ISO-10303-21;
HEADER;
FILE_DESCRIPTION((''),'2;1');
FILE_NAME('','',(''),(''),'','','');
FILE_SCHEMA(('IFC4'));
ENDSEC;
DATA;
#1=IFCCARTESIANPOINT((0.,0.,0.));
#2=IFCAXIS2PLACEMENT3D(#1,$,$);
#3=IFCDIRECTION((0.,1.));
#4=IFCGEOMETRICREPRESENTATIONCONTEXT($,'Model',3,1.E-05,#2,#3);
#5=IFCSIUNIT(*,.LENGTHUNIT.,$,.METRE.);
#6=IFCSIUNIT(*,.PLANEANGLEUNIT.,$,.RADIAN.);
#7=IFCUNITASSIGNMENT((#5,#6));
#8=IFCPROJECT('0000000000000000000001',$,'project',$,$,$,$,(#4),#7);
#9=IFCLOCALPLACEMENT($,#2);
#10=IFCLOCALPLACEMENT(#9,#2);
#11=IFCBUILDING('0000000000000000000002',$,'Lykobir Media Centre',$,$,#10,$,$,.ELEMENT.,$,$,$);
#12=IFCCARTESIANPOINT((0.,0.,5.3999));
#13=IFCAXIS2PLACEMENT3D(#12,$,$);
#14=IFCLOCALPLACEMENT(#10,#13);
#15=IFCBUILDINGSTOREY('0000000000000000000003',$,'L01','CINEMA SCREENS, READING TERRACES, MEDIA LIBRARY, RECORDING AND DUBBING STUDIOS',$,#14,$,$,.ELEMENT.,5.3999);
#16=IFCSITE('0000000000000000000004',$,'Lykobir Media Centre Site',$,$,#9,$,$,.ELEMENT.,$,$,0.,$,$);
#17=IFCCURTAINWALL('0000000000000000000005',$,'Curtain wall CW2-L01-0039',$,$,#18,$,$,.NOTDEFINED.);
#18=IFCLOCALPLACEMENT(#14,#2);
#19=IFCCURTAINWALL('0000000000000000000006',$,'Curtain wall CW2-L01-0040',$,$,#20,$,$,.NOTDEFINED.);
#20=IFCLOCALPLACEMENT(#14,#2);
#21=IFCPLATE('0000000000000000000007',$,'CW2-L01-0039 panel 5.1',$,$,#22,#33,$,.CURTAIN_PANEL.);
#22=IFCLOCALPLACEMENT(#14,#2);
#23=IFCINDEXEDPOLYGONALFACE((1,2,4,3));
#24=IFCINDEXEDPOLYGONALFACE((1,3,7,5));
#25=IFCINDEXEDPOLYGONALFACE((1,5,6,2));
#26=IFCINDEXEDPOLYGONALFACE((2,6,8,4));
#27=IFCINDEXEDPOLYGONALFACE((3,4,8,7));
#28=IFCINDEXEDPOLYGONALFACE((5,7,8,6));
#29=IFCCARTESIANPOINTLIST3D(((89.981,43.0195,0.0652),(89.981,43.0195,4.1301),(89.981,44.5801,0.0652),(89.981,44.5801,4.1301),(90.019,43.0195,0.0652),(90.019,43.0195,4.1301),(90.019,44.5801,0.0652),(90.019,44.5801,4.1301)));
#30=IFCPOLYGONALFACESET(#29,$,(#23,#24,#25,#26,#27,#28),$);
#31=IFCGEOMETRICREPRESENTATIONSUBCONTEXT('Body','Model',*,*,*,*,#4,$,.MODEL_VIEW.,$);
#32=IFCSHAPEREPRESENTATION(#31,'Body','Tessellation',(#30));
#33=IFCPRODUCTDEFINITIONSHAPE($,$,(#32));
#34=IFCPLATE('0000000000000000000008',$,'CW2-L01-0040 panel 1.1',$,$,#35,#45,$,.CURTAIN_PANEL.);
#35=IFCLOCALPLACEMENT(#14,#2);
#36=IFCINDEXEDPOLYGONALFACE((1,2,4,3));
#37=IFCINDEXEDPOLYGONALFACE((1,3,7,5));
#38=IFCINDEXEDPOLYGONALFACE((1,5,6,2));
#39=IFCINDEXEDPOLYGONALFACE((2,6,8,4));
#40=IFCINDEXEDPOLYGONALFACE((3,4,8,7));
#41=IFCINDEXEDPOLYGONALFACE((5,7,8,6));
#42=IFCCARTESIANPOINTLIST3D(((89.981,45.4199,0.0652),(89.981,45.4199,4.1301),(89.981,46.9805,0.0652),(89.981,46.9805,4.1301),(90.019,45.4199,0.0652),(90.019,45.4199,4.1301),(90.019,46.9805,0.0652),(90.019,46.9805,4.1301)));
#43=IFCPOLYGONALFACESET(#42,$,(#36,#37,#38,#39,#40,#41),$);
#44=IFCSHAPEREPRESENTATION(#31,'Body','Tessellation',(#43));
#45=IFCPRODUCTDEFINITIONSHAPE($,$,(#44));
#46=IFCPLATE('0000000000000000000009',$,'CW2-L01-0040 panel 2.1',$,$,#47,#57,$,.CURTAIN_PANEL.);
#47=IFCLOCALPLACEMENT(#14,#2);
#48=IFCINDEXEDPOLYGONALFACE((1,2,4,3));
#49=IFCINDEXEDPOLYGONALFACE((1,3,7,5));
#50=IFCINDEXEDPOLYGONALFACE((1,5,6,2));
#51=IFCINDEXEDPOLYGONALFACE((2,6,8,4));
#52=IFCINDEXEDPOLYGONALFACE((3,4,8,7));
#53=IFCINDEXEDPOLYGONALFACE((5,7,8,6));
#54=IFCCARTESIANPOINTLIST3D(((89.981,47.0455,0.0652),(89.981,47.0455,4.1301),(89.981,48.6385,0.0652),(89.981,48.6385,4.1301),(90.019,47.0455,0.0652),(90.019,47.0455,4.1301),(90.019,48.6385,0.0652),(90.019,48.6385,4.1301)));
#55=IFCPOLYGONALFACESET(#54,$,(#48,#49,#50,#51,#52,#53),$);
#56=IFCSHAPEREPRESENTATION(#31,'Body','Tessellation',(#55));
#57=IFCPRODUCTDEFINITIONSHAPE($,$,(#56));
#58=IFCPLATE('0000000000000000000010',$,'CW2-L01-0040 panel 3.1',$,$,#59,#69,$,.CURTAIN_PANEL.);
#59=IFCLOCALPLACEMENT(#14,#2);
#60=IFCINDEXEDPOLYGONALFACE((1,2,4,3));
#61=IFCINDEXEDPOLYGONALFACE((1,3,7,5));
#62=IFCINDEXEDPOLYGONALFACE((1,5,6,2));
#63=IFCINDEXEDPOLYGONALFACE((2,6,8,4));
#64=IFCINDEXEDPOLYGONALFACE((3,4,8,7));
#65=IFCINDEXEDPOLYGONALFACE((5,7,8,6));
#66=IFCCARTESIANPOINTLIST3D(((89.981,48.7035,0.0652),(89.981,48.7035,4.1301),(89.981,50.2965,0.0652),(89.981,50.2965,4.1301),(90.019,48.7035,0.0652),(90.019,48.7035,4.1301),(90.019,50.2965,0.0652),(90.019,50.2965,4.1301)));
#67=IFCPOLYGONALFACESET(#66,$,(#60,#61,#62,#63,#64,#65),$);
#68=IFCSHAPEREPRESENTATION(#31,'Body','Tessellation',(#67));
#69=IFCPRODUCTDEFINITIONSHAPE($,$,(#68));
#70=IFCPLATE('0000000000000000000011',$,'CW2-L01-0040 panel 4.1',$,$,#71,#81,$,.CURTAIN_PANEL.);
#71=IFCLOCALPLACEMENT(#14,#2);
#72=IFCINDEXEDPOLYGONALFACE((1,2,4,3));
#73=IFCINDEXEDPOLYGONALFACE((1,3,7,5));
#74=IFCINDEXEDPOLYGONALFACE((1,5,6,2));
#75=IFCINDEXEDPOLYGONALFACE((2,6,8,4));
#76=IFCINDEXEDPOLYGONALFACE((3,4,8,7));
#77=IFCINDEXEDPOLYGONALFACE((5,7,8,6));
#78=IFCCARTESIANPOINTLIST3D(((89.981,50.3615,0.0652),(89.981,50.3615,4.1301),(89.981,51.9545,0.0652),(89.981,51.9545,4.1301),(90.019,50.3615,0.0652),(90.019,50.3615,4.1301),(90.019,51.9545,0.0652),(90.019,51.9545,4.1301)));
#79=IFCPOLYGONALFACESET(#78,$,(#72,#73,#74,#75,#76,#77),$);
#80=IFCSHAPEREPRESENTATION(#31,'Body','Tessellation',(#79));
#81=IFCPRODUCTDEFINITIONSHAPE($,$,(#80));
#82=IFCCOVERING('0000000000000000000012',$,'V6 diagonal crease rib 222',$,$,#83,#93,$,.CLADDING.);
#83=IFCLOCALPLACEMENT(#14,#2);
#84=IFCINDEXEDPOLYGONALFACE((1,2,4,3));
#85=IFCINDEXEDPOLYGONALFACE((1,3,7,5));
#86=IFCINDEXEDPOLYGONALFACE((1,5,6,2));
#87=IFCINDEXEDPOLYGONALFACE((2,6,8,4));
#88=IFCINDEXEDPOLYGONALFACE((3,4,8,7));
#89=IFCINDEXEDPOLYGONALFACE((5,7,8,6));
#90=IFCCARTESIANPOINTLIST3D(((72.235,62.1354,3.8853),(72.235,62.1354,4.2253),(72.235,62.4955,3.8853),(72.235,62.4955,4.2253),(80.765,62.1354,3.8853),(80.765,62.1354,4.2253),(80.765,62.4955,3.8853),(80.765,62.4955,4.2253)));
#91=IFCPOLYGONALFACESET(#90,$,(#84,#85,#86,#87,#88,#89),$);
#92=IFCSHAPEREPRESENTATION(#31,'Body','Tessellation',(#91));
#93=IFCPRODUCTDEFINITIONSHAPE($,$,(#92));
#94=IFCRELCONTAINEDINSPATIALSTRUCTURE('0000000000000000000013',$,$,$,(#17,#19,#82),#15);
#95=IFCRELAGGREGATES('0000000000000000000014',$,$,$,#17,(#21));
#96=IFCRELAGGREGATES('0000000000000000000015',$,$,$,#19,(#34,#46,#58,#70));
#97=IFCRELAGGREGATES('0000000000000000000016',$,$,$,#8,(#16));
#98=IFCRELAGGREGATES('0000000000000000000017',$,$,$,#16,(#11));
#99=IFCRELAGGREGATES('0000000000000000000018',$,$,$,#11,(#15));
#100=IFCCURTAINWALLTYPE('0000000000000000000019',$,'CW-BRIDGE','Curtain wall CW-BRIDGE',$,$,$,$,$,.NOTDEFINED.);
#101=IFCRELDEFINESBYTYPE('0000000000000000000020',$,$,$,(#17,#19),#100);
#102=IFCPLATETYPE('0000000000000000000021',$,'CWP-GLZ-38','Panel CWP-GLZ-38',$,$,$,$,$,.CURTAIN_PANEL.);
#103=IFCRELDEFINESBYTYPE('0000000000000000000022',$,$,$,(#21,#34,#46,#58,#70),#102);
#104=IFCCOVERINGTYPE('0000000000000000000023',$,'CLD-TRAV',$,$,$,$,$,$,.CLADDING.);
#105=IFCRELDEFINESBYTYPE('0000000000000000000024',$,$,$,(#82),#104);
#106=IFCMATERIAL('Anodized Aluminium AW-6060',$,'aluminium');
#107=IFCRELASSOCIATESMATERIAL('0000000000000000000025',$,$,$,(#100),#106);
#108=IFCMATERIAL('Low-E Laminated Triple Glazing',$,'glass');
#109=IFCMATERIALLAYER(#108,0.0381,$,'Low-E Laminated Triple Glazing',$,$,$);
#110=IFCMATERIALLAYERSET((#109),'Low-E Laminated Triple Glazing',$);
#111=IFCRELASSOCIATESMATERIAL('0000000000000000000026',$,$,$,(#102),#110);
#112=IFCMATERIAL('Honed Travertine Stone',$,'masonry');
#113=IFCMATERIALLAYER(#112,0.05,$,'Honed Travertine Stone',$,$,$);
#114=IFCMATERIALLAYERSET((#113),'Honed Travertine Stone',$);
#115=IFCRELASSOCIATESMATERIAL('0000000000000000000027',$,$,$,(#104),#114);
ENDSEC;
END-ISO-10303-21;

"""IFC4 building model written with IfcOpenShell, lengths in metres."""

from ifc_helpers import new_model, si_unit, direction, frame, origin, origin_2d, place, context, subcontext, project, spatial, rectangle, extrude, material, layer, layer_set, type_object, element, aggregate, save


model = new_model("IFC4")

# Units and contexts
model_context = context("Model", 3, precision=1e-05, world=origin(), true_north=direction((0.0, 1.0)))
body_context = subcontext(model_context, "Body", "Model", "MODEL_VIEW")
ifc_project = project(units=[si_unit("LENGTHUNIT", "METRE"), si_unit("PLANEANGLEUNIT", "RADIAN")], contexts=[model_context])

# Site, building, storey
site_placement = place(None, origin())
site = spatial("IfcSite", under=ifc_project, at=site_placement, Name="Lykobir Media Centre Site", CompositionType="ELEMENT", RefElevation=0.0)
building_placement = place(site_placement, origin())
building = spatial("IfcBuilding", under=site, at=building_placement, Name="Lykobir Media Centre", CompositionType="ELEMENT")
storey_placement = place(building_placement, frame((0.0, 0.0, 5.3999)))
storey = spatial("IfcBuildingStorey", under=building, at=storey_placement, Name="L01", Description="CINEMA SCREENS, READING TERRACES, MEDIA LIBRARY, RECORDING AND DUBBING STUDIOS", CompositionType="ELEMENT", Elevation=5.3999)

# Curtain walls
ifc_material_1 = material(Name="Anodized Aluminium AW-6060", Category="aluminium")
curtain_wall_type_1 = type_object("IfcCurtainWallType", Name="CW-BRIDGE", Description="Curtain wall CW-BRIDGE", PredefinedType="NOTDEFINED", material=ifc_material_1)
curtain_wall_1_placement = place(storey_placement, origin())
curtain_wall_1 = element("IfcCurtainWall", 1, at=curtain_wall_1_placement, inside=storey, type_object=curtain_wall_type_1, Name="Curtain wall CW2-L01-0039", PredefinedType="NOTDEFINED")
curtain_wall_2_placement = place(storey_placement, origin())
curtain_wall_2 = element("IfcCurtainWall", 2, at=curtain_wall_2_placement, inside=storey, type_object=curtain_wall_type_1, Name="Curtain wall CW2-L01-0040", PredefinedType="NOTDEFINED")

# Plates
ifc_material_2 = material(Name="Low-E Laminated Triple Glazing", Category="glass")
ifc_layer_1 = layer(ifc_material_2, 0.0381, Name="Low-E Laminated Triple Glazing")
ifc_layer_set_1 = layer_set([ifc_layer_1], Name="Low-E Laminated Triple Glazing")
plate_type = type_object("IfcPlateType", Name="CWP-GLZ-38", Description="Panel CWP-GLZ-38", PredefinedType="CURTAIN_PANEL", material=ifc_layer_set_1)
plate_1_placement = place(storey_placement, frame((90.0, 43.7998, 0.0652), z_axis=(0.0, 0.0, 1.0), x_axis=(0.0, 1.0, 0.0)))
plate_1 = element("IfcPlate", 3, at=plate_1_placement, type_object=plate_type, Name="CW2-L01-0039 panel 5.1", PredefinedType="CURTAIN_PANEL", context=body_context, shape_type="SweptSolid", body=[
    extrude(rectangle(XDim=1.5605, YDim=0.0381, at=origin_2d()), origin(), (0.0, 0.0, 1.0), 4.0649),
])
aggregate(curtain_wall_1, [plate_1])
plate_2_placement = place(storey_placement, frame((90.0, 46.2002, 0.0652), z_axis=(0.0, 0.0, 1.0), x_axis=(0.0, 1.0, 0.0)))
plate_2 = element("IfcPlate", 4, at=plate_2_placement, type_object=plate_type, Name="CW2-L01-0040 panel 1.1", PredefinedType="CURTAIN_PANEL", context=body_context, shape_type="SweptSolid", body=[
    extrude(rectangle(XDim=1.5605, YDim=0.0381, at=origin_2d()), origin(), (0.0, 0.0, 1.0), 4.0649),
])
plate_3_placement = place(storey_placement, frame((90.0, 47.842, 0.0652), z_axis=(0.0, 0.0, 1.0), x_axis=(0.0, 1.0, 0.0)))
plate_3 = element("IfcPlate", 5, at=plate_3_placement, type_object=plate_type, Name="CW2-L01-0040 panel 2.1", PredefinedType="CURTAIN_PANEL", context=body_context, shape_type="SweptSolid", body=[
    extrude(rectangle(XDim=1.593, YDim=0.0381, at=origin_2d()), origin(), (0.0, 0.0, 1.0), 4.0649),
])
plate_4_placement = place(storey_placement, frame((90.0, 49.5, 0.0652), z_axis=(0.0, 0.0, 1.0), x_axis=(0.0, 1.0, 0.0)))
plate_4 = element("IfcPlate", 6, at=plate_4_placement, type_object=plate_type, Name="CW2-L01-0040 panel 3.1", PredefinedType="CURTAIN_PANEL", context=body_context, shape_type="SweptSolid", body=[
    extrude(rectangle(XDim=1.593, YDim=0.0381, at=origin_2d()), origin(), (0.0, 0.0, 1.0), 4.0649),
])
plate_5_placement = place(storey_placement, frame((90.0, 51.158, 0.0652), z_axis=(0.0, 0.0, 1.0), x_axis=(0.0, 1.0, 0.0)))
plate_5 = element("IfcPlate", 7, at=plate_5_placement, type_object=plate_type, Name="CW2-L01-0040 panel 4.1", PredefinedType="CURTAIN_PANEL", context=body_context, shape_type="SweptSolid", body=[
    extrude(rectangle(XDim=1.593, YDim=0.0381, at=origin_2d()), origin(), (0.0, 0.0, 1.0), 4.0649),
])
aggregate(curtain_wall_2, [plate_2, plate_3, plate_4, plate_5])

# Covering
ifc_material_3 = material(Name="Honed Travertine Stone", Category="masonry")
ifc_layer_2 = layer(ifc_material_3, 0.05, Name="Honed Travertine Stone")
ifc_layer_set_2 = layer_set([ifc_layer_2], Name="Honed Travertine Stone")
covering_type = type_object("IfcCoveringType", Name="CLD-TRAV", PredefinedType="CLADDING", material=ifc_layer_set_2)
covering_placement = place(storey_placement, frame((76.5, 62.3154, 3.8853), z_axis=(0.0, 0.0, 1.0), x_axis=(1.0, 0.0, 0.0)))
element("IfcCovering", 8, at=covering_placement, inside=storey, type_object=covering_type, Name="V6 diagonal crease rib 222", PredefinedType="CLADDING", context=body_context, shape_type="SweptSolid", body=[
    extrude(rectangle(XDim=8.53, YDim=0.3601, at=origin_2d()), origin(), (0.0, 0.0, 1.0), 0.3401),
])

save(model, "model.ifc")
